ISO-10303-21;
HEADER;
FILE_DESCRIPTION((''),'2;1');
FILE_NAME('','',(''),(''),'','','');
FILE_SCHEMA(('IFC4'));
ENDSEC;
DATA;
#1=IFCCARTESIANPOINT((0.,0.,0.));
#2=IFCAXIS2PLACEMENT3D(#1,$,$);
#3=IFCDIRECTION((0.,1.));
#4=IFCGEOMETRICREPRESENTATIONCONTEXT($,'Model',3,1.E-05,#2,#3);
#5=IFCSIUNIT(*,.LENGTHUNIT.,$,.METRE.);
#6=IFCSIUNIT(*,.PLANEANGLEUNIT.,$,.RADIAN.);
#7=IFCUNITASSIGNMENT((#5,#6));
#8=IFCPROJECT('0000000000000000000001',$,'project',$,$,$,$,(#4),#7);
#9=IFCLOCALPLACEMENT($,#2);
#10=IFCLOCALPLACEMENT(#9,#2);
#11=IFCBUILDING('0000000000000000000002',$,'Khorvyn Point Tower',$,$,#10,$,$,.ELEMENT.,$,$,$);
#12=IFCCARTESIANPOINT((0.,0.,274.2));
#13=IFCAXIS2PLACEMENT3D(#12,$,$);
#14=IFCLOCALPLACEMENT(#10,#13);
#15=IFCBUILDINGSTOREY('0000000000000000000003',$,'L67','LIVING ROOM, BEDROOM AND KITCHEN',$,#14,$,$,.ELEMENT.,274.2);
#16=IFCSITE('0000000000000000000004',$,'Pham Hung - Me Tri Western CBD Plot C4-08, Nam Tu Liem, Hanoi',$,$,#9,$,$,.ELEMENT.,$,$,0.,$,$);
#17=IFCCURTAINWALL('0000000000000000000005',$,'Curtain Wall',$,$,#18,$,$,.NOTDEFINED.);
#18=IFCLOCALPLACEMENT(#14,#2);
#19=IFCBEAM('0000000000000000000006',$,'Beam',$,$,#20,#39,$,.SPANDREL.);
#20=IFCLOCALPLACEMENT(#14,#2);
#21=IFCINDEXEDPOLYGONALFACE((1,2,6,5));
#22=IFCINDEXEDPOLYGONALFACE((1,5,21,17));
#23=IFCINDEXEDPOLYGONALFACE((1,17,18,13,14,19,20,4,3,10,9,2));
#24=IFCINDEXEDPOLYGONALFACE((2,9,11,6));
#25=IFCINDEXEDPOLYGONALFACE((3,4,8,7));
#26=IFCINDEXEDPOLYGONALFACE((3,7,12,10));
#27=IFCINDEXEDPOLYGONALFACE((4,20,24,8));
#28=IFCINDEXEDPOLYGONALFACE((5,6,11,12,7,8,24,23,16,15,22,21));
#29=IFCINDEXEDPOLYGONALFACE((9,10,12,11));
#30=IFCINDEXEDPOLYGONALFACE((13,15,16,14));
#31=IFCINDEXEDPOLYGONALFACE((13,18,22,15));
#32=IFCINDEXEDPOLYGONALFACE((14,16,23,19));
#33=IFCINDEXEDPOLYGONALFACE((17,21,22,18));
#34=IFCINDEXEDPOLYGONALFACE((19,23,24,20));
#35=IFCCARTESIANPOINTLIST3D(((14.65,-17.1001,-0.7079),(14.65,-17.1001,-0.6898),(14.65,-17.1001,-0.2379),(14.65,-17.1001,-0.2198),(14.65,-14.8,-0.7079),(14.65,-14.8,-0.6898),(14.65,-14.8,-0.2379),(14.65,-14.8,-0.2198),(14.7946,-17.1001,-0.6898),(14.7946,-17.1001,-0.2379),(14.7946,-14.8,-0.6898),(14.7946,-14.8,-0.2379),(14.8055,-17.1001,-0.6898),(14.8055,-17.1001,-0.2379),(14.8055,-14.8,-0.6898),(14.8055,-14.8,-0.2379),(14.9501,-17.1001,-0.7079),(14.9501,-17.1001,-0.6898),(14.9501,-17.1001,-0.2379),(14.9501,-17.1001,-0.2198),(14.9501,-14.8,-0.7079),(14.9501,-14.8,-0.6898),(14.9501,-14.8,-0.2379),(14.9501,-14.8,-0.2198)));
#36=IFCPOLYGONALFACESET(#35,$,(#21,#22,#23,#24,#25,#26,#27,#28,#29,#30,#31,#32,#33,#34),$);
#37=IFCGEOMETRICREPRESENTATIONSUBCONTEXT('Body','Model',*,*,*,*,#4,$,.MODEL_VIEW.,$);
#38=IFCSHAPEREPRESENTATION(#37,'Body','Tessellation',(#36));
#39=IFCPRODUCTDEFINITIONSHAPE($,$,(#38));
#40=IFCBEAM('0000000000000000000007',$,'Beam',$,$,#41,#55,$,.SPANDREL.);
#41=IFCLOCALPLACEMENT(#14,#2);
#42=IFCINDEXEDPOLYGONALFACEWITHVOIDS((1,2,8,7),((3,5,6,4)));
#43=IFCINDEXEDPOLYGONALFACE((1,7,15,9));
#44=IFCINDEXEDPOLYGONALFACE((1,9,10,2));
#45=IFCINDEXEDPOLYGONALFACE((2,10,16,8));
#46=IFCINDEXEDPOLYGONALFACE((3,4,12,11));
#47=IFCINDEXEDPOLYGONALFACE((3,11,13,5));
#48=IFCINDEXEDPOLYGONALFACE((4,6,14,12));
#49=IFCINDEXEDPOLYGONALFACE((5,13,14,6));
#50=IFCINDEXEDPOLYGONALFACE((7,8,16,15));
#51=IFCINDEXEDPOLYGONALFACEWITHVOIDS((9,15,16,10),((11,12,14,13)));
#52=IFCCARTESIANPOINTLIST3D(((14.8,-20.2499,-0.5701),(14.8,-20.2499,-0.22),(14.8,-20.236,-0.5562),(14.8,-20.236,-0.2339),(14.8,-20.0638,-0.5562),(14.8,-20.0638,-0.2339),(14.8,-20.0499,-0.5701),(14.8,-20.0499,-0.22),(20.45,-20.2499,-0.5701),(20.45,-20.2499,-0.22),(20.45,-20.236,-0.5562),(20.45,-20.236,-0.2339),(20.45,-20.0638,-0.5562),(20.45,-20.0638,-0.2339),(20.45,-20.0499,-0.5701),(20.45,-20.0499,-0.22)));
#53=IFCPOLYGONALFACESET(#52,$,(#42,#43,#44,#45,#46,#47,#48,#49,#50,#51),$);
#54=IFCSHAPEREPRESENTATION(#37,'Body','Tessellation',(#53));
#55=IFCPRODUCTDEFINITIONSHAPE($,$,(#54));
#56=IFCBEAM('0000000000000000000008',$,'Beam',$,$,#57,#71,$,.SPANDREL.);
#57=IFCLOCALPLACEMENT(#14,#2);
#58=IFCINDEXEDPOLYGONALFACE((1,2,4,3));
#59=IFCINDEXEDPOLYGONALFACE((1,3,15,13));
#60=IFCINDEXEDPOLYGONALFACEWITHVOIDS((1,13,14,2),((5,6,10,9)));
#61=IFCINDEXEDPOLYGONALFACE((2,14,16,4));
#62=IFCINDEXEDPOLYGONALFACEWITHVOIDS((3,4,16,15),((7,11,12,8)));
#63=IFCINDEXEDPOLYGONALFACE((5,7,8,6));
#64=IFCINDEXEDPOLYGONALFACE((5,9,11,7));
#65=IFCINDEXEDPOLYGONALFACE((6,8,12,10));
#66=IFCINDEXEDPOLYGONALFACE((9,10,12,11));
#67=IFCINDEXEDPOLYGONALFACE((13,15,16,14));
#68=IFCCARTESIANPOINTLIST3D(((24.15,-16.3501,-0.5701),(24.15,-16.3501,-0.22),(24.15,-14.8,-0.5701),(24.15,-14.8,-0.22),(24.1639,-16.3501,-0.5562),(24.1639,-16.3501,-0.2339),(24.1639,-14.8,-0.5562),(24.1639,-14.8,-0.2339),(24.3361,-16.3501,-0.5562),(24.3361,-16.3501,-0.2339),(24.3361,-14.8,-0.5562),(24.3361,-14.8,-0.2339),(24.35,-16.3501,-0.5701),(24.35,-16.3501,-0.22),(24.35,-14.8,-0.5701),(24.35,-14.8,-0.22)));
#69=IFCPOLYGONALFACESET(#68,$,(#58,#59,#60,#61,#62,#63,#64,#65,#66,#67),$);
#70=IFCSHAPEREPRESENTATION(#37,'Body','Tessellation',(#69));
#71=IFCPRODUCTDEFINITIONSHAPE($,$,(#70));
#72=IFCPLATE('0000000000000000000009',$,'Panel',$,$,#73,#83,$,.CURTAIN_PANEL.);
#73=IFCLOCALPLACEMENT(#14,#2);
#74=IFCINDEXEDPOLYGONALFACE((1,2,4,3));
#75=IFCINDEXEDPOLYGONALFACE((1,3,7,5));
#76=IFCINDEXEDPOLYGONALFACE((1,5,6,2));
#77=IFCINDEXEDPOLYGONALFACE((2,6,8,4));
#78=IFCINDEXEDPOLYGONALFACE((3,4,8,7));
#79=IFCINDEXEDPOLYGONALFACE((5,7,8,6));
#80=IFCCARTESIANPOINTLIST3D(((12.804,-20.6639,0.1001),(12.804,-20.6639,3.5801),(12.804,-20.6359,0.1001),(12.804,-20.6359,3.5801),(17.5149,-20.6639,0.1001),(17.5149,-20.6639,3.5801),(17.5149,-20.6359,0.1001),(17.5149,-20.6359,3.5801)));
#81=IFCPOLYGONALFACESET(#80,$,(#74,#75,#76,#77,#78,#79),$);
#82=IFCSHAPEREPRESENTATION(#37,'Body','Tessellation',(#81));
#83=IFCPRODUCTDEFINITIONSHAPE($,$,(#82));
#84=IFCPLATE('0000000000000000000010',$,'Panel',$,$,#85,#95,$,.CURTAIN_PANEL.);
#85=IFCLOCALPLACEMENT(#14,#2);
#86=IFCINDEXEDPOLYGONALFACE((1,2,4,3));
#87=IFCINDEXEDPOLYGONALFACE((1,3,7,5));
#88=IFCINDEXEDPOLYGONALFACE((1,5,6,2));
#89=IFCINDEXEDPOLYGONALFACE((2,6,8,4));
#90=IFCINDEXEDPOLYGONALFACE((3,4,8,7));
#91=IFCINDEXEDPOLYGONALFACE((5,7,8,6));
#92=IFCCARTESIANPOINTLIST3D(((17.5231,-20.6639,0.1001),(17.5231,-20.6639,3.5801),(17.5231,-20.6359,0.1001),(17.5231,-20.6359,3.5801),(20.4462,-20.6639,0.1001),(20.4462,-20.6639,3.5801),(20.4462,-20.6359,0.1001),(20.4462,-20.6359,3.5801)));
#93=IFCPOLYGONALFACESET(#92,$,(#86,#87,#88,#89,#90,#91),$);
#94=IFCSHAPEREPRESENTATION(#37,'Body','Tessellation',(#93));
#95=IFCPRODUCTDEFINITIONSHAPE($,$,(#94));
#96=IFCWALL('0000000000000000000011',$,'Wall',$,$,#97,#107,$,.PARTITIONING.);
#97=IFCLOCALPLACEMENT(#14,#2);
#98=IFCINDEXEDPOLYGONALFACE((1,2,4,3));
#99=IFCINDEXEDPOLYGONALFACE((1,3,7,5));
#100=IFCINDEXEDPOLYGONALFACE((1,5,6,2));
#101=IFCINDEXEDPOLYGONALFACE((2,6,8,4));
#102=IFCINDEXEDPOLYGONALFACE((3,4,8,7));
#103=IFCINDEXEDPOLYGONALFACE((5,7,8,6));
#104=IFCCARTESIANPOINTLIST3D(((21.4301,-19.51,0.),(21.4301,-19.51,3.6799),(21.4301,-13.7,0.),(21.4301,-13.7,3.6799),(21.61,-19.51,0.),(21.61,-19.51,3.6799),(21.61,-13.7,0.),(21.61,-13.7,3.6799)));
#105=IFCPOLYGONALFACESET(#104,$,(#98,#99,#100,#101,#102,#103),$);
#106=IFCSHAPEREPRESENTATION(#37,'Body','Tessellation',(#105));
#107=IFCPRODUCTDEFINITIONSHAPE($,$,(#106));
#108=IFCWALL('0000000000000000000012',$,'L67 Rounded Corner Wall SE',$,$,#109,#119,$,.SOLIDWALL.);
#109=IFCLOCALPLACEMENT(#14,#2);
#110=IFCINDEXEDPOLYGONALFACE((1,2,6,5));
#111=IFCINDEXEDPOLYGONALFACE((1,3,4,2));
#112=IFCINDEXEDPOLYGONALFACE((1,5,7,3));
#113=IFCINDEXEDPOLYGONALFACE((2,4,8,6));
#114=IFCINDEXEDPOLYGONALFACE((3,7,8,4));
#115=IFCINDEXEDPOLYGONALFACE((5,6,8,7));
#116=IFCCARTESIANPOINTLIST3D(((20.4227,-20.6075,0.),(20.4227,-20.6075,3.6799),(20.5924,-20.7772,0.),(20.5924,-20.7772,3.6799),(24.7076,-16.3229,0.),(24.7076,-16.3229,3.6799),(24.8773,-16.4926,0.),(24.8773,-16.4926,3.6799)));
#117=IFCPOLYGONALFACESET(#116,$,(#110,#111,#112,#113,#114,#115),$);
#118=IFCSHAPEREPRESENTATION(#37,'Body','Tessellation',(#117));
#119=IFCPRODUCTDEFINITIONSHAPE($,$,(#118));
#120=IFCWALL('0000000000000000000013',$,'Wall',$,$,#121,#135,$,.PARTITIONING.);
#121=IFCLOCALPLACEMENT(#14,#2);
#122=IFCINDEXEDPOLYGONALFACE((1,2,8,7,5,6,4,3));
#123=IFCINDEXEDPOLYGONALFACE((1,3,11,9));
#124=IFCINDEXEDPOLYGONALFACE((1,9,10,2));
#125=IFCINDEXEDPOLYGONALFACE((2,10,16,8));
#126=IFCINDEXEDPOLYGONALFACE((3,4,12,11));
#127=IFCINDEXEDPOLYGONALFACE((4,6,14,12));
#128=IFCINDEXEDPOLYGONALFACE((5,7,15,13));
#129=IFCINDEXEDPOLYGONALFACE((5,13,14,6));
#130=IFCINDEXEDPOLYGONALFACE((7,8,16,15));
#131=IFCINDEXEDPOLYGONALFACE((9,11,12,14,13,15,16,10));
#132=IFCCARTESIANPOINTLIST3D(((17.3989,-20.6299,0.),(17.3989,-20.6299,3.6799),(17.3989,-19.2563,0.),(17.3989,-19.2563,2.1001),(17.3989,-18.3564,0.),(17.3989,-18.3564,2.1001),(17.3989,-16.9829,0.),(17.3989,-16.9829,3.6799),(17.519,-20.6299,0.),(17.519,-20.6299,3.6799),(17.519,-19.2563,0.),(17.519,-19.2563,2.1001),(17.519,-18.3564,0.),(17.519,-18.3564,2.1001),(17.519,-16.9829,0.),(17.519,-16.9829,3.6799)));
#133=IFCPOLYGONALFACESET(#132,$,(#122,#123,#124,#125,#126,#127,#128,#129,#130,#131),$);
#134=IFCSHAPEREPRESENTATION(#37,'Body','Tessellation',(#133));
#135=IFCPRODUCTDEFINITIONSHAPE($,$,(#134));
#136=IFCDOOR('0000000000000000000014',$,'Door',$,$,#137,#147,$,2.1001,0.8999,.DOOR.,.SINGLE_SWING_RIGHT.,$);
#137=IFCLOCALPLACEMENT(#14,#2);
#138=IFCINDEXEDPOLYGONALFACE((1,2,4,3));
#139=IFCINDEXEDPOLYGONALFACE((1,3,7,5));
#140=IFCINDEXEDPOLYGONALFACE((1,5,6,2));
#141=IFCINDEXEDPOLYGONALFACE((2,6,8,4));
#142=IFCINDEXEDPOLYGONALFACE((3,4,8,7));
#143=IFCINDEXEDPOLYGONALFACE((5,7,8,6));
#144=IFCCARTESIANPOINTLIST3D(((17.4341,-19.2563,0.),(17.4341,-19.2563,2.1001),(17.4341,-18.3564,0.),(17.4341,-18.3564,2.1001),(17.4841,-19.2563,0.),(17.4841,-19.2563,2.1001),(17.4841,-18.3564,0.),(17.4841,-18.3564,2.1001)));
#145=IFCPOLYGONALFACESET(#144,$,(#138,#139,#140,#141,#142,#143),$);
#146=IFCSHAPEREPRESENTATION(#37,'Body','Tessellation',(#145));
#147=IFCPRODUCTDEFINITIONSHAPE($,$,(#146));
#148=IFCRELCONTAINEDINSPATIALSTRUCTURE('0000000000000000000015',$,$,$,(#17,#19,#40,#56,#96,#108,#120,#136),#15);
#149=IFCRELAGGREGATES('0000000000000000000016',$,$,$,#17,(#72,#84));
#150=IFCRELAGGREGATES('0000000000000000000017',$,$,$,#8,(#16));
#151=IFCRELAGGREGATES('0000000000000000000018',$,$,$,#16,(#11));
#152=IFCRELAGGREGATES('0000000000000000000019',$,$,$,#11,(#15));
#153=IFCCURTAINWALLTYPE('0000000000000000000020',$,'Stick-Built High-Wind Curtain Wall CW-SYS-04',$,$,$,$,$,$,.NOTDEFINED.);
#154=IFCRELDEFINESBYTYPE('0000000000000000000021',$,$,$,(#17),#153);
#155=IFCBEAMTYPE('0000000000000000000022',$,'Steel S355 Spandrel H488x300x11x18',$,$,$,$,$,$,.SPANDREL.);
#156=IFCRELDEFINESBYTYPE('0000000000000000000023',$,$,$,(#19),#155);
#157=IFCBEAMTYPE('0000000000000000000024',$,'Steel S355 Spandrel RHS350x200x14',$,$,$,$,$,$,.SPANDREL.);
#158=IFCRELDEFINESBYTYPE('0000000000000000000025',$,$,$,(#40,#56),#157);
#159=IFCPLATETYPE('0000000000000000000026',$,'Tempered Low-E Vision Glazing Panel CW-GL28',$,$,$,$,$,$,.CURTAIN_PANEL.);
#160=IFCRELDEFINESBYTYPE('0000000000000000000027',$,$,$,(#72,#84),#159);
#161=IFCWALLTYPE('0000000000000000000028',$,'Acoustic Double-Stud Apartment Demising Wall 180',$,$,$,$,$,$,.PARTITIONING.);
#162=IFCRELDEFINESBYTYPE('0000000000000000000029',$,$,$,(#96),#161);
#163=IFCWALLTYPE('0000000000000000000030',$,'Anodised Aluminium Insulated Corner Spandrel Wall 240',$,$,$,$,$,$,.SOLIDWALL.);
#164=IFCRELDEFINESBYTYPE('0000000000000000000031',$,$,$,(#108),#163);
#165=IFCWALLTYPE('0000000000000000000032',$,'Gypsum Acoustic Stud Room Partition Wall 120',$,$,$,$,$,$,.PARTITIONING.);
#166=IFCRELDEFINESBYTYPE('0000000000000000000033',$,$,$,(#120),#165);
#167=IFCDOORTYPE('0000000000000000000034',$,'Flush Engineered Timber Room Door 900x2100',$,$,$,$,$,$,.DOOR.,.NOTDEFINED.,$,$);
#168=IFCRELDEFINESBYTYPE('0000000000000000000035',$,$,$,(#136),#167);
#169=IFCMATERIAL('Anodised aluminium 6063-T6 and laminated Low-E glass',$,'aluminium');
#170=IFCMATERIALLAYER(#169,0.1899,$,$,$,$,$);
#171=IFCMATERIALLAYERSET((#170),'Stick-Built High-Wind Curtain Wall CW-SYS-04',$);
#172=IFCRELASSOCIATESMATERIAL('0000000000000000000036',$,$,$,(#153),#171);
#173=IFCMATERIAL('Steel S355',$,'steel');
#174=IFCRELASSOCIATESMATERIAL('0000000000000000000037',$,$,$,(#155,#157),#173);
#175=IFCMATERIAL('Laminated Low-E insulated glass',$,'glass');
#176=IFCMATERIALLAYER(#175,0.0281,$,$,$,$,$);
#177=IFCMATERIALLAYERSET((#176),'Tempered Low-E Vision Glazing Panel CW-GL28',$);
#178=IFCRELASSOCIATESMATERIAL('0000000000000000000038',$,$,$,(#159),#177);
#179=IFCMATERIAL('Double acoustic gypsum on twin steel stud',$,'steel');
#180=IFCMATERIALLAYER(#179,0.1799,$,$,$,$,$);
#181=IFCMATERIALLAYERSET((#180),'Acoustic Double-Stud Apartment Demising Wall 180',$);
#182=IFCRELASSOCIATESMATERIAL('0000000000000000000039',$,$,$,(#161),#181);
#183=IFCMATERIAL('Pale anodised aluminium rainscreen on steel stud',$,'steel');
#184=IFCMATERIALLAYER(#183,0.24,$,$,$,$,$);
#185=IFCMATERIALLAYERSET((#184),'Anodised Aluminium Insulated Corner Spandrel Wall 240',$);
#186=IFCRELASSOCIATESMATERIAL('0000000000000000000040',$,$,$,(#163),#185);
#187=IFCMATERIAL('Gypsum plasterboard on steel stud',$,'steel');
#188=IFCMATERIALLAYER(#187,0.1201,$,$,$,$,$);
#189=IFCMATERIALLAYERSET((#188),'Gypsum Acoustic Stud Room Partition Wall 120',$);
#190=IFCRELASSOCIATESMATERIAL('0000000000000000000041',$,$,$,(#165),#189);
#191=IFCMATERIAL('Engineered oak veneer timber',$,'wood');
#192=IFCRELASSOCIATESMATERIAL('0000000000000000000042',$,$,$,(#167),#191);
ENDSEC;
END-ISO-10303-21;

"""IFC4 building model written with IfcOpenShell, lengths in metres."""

from ifc_helpers import new_model, si_unit, direction, frame, frame_2d, origin, origin_2d, place, context, subcontext, project, spatial, rectangle, hollow_rectangle, i_section, extrude, material, layer, layer_set, material_profile, profile_set, type_object, element, fill, aggregate, save


model = new_model("IFC4")

# Units and contexts
model_context = context("Model", 3, precision=1e-05, world=origin(), true_north=direction((0.0, 1.0)))
body_context = subcontext(model_context, "Body", "Model", "MODEL_VIEW")
ifc_project = project(units=[si_unit("LENGTHUNIT", "METRE"), si_unit("PLANEANGLEUNIT", "RADIAN")], contexts=[model_context])

# Site, building, storey
site_placement = place(None, origin())
site = spatial("IfcSite", under=ifc_project, at=site_placement, Name="Pham Hung - Me Tri Western CBD Plot C4-08, Nam Tu Liem, Hanoi", CompositionType="ELEMENT", RefElevation=0.0)
building_placement = place(site_placement, origin())
building = spatial("IfcBuilding", under=site, at=building_placement, Name="Khorvyn Point Tower", CompositionType="ELEMENT")
storey_placement = place(building_placement, frame((0.0, 0.0, 274.2)))
storey = spatial("IfcBuildingStorey", under=building, at=storey_placement, Name="L67", Description="LIVING ROOM, BEDROOM AND KITCHEN", CompositionType="ELEMENT", Elevation=274.2)

# Shared definitions
ifc_material_1 = material(Name="Steel S355", Category="steel")

# Curtain wall
ifc_material_2 = material(Name="Anodised aluminium 6063-T6 and laminated Low-E glass", Category="aluminium")
ifc_layer_1 = layer(ifc_material_2, 0.1899)
ifc_layer_set_1 = layer_set([ifc_layer_1], Name="Stick-Built High-Wind Curtain Wall CW-SYS-04")
curtain_wall_type = type_object("IfcCurtainWallType", Name="Stick-Built High-Wind Curtain Wall CW-SYS-04", PredefinedType="NOTDEFINED", material=ifc_layer_set_1)
curtain_wall_1_placement = place(storey_placement, origin())
curtain_wall_1 = element("IfcCurtainWall", 1, at=curtain_wall_1_placement, inside=storey, type_object=curtain_wall_type, Name="Curtain Wall", PredefinedType="NOTDEFINED")

# Beams
ifc_material_profile_1 = material_profile(ifc_material_1, i_section(OverallWidth=0.3, OverallDepth=0.488, WebThickness=0.011, FlangeThickness=0.0181, at=origin_2d()))
ifc_profile_set_1 = profile_set([ifc_material_profile_1], Name="Steel S355 H488x300x11x18")
beam_type_1 = type_object("IfcBeamType", Name="Steel S355 Spandrel H488x300x11x18", PredefinedType="SPANDREL", material=ifc_profile_set_1)
beam_1_placement = place(storey_placement, frame((14.8, -17.1001, -0.4639), z_axis=(0.0, 1.0, 0.0), x_axis=(-1.0, 0.0, 0.0)))
element("IfcBeam", 2, at=beam_1_placement, inside=storey, type_object=beam_type_1, Name="Beam", PredefinedType="SPANDREL", context=body_context, shape_type="SweptSolid", body=[
    extrude(i_section(OverallWidth=0.3, OverallDepth=0.488, WebThickness=0.011, FlangeThickness=0.0181, at=origin_2d()), origin(), (0.0, 0.0, 1.0), 2.3),
])
ifc_material_profile_2 = material_profile(ifc_material_1, hollow_rectangle(XDim=0.2, YDim=0.3501, WallThickness=0.0139, at=origin_2d()))
ifc_profile_set_2 = profile_set([ifc_material_profile_2], Name="Steel S355 RHS350x200x14")
beam_type_2 = type_object("IfcBeamType", Name="Steel S355 Spandrel RHS350x200x14", PredefinedType="SPANDREL", material=ifc_profile_set_2)
beam_2_placement = place(storey_placement, frame((14.8, -20.1499, -0.395), z_axis=(1.0, 0.0, 0.0), x_axis=(0.0, 1.0, 0.0)))
element("IfcBeam", 3, at=beam_2_placement, inside=storey, type_object=beam_type_2, Name="Beam", PredefinedType="SPANDREL", context=body_context, shape_type="SweptSolid", body=[
    extrude(hollow_rectangle(XDim=0.2, YDim=0.3501, WallThickness=0.0139, at=origin_2d()), origin(), (0.0, 0.0, 1.0), 5.6499),
])
beam_3_placement = place(storey_placement, frame((24.25, -16.3501, -0.395), z_axis=(0.0, 1.0, 0.0), x_axis=(-1.0, 0.0, 0.0)))
element("IfcBeam", 4, at=beam_3_placement, inside=storey, type_object=beam_type_2, Name="Beam", PredefinedType="SPANDREL", context=body_context, shape_type="SweptSolid", body=[
    extrude(hollow_rectangle(XDim=0.2, YDim=0.3501, WallThickness=0.0139, at=origin_2d()), origin(), (0.0, 0.0, 1.0), 1.55),
])

# Plates
ifc_material_3 = material(Name="Laminated Low-E insulated glass", Category="glass")
ifc_layer_2 = layer(ifc_material_3, 0.0281)
ifc_layer_set_2 = layer_set([ifc_layer_2], Name="Tempered Low-E Vision Glazing Panel CW-GL28")
plate_type = type_object("IfcPlateType", Name="Tempered Low-E Vision Glazing Panel CW-GL28", PredefinedType="CURTAIN_PANEL", material=ifc_layer_set_2)
plate_1_placement = place(storey_placement, frame((15.1594, -20.6499, 0.1001), z_axis=(0.0, 0.0, 1.0), x_axis=(-1.0, 0.0, 0.0)))
plate_1 = element("IfcPlate", 5, at=plate_1_placement, type_object=plate_type, Name="Panel", PredefinedType="CURTAIN_PANEL", context=body_context, shape_type="SweptSolid", body=[
    extrude(rectangle(XDim=4.7109, YDim=0.0281, at=origin_2d()), origin(), (0.0, 0.0, 1.0), 3.48),
])
plate_2_placement = place(storey_placement, frame((18.9846, -20.6499, 0.1001), z_axis=(0.0, 0.0, 1.0), x_axis=(-1.0, 0.0, 0.0)))
plate_2 = element("IfcPlate", 6, at=plate_2_placement, type_object=plate_type, Name="Panel", PredefinedType="CURTAIN_PANEL", context=body_context, shape_type="SweptSolid", body=[
    extrude(rectangle(XDim=2.9231, YDim=0.0281, at=origin_2d()), origin(), (0.0, 0.0, 1.0), 3.48),
])
aggregate(curtain_wall_1, [plate_1, plate_2])

# Walls
ifc_material_4 = material(Name="Double acoustic gypsum on twin steel stud", Category="steel")
ifc_layer_3 = layer(ifc_material_4, 0.1799)
ifc_layer_set_3 = layer_set([ifc_layer_3], Name="Acoustic Double-Stud Apartment Demising Wall 180")
wall_type_1 = type_object("IfcWallType", Name="Acoustic Double-Stud Apartment Demising Wall 180", PredefinedType="PARTITIONING", material=ifc_layer_set_3)
wall_1_placement = place(storey_placement, frame((21.52, -19.51, 0.0), z_axis=(0.0, 0.0, 1.0), x_axis=(0.0, 1.0, 0.0)))
element("IfcWall", 7, at=wall_1_placement, inside=storey, type_object=wall_type_1, Name="Wall", PredefinedType="PARTITIONING", context=body_context, shape_type="SweptSolid", body=[
    extrude(rectangle(XDim=5.8101, YDim=0.1799, at=frame_2d((2.905, 0.0))), origin(), (0.0, 0.0, 1.0), 3.6799),
])
ifc_material_5 = material(Name="Pale anodised aluminium rainscreen on steel stud", Category="steel")
ifc_layer_4 = layer(ifc_material_5, 0.24)
ifc_layer_set_4 = layer_set([ifc_layer_4], Name="Anodised Aluminium Insulated Corner Spandrel Wall 240")
wall_type_2 = type_object("IfcWallType", Name="Anodised Aluminium Insulated Corner Spandrel Wall 240", PredefinedType="SOLIDWALL", material=ifc_layer_set_4)
wall_2_placement = place(storey_placement, frame((24.7925, -16.4077, 0.0), z_axis=(0.0, 0.0, 1.0), x_axis=(-0.707127, -0.707087, 0.0)))
element("IfcWall", 8, at=wall_2_placement, inside=storey, type_object=wall_type_2, Name="L67 Rounded Corner Wall SE", PredefinedType="SOLIDWALL", context=body_context, shape_type="SweptSolid", body=[
    extrude(rectangle(XDim=6.0596, YDim=0.24, at=frame_2d((3.0298, 0.0))), origin(), (0.0, 0.0, 1.0), 3.6799),
])

# Wall, opening, door
ifc_material_6 = material(Name="Gypsum plasterboard on steel stud", Category="steel")
ifc_layer_5 = layer(ifc_material_6, 0.1201)
ifc_layer_set_5 = layer_set([ifc_layer_5], Name="Gypsum Acoustic Stud Room Partition Wall 120")
wall_type_3 = type_object("IfcWallType", Name="Gypsum Acoustic Stud Room Partition Wall 120", PredefinedType="PARTITIONING", material=ifc_layer_set_5)
wall_3_placement = place(storey_placement, frame((17.459, -20.6299, 0.0), z_axis=(0.0, 0.0, 1.0), x_axis=(0.0, 1.0, 0.0)))
wall_3 = element("IfcWall", 9, at=wall_3_placement, inside=storey, type_object=wall_type_3, Name="Wall", PredefinedType="PARTITIONING", context=body_context, shape_type="SweptSolid", body=[
    extrude(rectangle(XDim=3.647, YDim=0.1201, at=frame_2d((1.8235, 0.0))), origin(), (0.0, 0.0, 1.0), 3.6799),
])
opening_1_placement = place(wall_3_placement, frame((1.3735, 0.0, 0.0)))
opening_1 = element("IfcOpeningElement", 10, at=opening_1_placement, cuts=wall_3, PredefinedType="OPENING", context=body_context, shape_type="SweptSolid", body=[
    extrude(rectangle(XDim=0.8999, YDim=2.1001, at=frame_2d((0.45, 1.05))), frame((0.0, 0.0701, 0.0), z_axis=(0.0, -1.0, 0.0), x_axis=(1.0, 0.0, 0.0)), (0.0, 0.0, 1.0), 0.1401),
])
ifc_material_7 = material(Name="Engineered oak veneer timber", Category="wood")
door_type_1 = type_object("IfcDoorType", Name="Flush Engineered Timber Room Door 900x2100", OperationType="NOTDEFINED", PredefinedType="DOOR", material=ifc_material_7)
door_1_placement = place(opening_1_placement, origin())
door_1 = element("IfcDoor", 11, at=door_1_placement, inside=storey, type_object=door_type_1, Name="Door", OperationType="SINGLE_SWING_RIGHT", OverallHeight=2.1001, OverallWidth=0.8999, PredefinedType="DOOR", context=body_context, shape_type="SweptSolid", body=[
    extrude(rectangle(XDim=0.8999, YDim=2.1001, at=frame_2d((0.45, 1.05))), frame((0.0, 0.0249, 0.0), z_axis=(0.0, -1.0, 0.0), x_axis=(1.0, 0.0, 0.0)), (0.0, 0.0, 1.0), 0.05),
])
fill(opening_1, door_1)

save(model, "model.ifc")
